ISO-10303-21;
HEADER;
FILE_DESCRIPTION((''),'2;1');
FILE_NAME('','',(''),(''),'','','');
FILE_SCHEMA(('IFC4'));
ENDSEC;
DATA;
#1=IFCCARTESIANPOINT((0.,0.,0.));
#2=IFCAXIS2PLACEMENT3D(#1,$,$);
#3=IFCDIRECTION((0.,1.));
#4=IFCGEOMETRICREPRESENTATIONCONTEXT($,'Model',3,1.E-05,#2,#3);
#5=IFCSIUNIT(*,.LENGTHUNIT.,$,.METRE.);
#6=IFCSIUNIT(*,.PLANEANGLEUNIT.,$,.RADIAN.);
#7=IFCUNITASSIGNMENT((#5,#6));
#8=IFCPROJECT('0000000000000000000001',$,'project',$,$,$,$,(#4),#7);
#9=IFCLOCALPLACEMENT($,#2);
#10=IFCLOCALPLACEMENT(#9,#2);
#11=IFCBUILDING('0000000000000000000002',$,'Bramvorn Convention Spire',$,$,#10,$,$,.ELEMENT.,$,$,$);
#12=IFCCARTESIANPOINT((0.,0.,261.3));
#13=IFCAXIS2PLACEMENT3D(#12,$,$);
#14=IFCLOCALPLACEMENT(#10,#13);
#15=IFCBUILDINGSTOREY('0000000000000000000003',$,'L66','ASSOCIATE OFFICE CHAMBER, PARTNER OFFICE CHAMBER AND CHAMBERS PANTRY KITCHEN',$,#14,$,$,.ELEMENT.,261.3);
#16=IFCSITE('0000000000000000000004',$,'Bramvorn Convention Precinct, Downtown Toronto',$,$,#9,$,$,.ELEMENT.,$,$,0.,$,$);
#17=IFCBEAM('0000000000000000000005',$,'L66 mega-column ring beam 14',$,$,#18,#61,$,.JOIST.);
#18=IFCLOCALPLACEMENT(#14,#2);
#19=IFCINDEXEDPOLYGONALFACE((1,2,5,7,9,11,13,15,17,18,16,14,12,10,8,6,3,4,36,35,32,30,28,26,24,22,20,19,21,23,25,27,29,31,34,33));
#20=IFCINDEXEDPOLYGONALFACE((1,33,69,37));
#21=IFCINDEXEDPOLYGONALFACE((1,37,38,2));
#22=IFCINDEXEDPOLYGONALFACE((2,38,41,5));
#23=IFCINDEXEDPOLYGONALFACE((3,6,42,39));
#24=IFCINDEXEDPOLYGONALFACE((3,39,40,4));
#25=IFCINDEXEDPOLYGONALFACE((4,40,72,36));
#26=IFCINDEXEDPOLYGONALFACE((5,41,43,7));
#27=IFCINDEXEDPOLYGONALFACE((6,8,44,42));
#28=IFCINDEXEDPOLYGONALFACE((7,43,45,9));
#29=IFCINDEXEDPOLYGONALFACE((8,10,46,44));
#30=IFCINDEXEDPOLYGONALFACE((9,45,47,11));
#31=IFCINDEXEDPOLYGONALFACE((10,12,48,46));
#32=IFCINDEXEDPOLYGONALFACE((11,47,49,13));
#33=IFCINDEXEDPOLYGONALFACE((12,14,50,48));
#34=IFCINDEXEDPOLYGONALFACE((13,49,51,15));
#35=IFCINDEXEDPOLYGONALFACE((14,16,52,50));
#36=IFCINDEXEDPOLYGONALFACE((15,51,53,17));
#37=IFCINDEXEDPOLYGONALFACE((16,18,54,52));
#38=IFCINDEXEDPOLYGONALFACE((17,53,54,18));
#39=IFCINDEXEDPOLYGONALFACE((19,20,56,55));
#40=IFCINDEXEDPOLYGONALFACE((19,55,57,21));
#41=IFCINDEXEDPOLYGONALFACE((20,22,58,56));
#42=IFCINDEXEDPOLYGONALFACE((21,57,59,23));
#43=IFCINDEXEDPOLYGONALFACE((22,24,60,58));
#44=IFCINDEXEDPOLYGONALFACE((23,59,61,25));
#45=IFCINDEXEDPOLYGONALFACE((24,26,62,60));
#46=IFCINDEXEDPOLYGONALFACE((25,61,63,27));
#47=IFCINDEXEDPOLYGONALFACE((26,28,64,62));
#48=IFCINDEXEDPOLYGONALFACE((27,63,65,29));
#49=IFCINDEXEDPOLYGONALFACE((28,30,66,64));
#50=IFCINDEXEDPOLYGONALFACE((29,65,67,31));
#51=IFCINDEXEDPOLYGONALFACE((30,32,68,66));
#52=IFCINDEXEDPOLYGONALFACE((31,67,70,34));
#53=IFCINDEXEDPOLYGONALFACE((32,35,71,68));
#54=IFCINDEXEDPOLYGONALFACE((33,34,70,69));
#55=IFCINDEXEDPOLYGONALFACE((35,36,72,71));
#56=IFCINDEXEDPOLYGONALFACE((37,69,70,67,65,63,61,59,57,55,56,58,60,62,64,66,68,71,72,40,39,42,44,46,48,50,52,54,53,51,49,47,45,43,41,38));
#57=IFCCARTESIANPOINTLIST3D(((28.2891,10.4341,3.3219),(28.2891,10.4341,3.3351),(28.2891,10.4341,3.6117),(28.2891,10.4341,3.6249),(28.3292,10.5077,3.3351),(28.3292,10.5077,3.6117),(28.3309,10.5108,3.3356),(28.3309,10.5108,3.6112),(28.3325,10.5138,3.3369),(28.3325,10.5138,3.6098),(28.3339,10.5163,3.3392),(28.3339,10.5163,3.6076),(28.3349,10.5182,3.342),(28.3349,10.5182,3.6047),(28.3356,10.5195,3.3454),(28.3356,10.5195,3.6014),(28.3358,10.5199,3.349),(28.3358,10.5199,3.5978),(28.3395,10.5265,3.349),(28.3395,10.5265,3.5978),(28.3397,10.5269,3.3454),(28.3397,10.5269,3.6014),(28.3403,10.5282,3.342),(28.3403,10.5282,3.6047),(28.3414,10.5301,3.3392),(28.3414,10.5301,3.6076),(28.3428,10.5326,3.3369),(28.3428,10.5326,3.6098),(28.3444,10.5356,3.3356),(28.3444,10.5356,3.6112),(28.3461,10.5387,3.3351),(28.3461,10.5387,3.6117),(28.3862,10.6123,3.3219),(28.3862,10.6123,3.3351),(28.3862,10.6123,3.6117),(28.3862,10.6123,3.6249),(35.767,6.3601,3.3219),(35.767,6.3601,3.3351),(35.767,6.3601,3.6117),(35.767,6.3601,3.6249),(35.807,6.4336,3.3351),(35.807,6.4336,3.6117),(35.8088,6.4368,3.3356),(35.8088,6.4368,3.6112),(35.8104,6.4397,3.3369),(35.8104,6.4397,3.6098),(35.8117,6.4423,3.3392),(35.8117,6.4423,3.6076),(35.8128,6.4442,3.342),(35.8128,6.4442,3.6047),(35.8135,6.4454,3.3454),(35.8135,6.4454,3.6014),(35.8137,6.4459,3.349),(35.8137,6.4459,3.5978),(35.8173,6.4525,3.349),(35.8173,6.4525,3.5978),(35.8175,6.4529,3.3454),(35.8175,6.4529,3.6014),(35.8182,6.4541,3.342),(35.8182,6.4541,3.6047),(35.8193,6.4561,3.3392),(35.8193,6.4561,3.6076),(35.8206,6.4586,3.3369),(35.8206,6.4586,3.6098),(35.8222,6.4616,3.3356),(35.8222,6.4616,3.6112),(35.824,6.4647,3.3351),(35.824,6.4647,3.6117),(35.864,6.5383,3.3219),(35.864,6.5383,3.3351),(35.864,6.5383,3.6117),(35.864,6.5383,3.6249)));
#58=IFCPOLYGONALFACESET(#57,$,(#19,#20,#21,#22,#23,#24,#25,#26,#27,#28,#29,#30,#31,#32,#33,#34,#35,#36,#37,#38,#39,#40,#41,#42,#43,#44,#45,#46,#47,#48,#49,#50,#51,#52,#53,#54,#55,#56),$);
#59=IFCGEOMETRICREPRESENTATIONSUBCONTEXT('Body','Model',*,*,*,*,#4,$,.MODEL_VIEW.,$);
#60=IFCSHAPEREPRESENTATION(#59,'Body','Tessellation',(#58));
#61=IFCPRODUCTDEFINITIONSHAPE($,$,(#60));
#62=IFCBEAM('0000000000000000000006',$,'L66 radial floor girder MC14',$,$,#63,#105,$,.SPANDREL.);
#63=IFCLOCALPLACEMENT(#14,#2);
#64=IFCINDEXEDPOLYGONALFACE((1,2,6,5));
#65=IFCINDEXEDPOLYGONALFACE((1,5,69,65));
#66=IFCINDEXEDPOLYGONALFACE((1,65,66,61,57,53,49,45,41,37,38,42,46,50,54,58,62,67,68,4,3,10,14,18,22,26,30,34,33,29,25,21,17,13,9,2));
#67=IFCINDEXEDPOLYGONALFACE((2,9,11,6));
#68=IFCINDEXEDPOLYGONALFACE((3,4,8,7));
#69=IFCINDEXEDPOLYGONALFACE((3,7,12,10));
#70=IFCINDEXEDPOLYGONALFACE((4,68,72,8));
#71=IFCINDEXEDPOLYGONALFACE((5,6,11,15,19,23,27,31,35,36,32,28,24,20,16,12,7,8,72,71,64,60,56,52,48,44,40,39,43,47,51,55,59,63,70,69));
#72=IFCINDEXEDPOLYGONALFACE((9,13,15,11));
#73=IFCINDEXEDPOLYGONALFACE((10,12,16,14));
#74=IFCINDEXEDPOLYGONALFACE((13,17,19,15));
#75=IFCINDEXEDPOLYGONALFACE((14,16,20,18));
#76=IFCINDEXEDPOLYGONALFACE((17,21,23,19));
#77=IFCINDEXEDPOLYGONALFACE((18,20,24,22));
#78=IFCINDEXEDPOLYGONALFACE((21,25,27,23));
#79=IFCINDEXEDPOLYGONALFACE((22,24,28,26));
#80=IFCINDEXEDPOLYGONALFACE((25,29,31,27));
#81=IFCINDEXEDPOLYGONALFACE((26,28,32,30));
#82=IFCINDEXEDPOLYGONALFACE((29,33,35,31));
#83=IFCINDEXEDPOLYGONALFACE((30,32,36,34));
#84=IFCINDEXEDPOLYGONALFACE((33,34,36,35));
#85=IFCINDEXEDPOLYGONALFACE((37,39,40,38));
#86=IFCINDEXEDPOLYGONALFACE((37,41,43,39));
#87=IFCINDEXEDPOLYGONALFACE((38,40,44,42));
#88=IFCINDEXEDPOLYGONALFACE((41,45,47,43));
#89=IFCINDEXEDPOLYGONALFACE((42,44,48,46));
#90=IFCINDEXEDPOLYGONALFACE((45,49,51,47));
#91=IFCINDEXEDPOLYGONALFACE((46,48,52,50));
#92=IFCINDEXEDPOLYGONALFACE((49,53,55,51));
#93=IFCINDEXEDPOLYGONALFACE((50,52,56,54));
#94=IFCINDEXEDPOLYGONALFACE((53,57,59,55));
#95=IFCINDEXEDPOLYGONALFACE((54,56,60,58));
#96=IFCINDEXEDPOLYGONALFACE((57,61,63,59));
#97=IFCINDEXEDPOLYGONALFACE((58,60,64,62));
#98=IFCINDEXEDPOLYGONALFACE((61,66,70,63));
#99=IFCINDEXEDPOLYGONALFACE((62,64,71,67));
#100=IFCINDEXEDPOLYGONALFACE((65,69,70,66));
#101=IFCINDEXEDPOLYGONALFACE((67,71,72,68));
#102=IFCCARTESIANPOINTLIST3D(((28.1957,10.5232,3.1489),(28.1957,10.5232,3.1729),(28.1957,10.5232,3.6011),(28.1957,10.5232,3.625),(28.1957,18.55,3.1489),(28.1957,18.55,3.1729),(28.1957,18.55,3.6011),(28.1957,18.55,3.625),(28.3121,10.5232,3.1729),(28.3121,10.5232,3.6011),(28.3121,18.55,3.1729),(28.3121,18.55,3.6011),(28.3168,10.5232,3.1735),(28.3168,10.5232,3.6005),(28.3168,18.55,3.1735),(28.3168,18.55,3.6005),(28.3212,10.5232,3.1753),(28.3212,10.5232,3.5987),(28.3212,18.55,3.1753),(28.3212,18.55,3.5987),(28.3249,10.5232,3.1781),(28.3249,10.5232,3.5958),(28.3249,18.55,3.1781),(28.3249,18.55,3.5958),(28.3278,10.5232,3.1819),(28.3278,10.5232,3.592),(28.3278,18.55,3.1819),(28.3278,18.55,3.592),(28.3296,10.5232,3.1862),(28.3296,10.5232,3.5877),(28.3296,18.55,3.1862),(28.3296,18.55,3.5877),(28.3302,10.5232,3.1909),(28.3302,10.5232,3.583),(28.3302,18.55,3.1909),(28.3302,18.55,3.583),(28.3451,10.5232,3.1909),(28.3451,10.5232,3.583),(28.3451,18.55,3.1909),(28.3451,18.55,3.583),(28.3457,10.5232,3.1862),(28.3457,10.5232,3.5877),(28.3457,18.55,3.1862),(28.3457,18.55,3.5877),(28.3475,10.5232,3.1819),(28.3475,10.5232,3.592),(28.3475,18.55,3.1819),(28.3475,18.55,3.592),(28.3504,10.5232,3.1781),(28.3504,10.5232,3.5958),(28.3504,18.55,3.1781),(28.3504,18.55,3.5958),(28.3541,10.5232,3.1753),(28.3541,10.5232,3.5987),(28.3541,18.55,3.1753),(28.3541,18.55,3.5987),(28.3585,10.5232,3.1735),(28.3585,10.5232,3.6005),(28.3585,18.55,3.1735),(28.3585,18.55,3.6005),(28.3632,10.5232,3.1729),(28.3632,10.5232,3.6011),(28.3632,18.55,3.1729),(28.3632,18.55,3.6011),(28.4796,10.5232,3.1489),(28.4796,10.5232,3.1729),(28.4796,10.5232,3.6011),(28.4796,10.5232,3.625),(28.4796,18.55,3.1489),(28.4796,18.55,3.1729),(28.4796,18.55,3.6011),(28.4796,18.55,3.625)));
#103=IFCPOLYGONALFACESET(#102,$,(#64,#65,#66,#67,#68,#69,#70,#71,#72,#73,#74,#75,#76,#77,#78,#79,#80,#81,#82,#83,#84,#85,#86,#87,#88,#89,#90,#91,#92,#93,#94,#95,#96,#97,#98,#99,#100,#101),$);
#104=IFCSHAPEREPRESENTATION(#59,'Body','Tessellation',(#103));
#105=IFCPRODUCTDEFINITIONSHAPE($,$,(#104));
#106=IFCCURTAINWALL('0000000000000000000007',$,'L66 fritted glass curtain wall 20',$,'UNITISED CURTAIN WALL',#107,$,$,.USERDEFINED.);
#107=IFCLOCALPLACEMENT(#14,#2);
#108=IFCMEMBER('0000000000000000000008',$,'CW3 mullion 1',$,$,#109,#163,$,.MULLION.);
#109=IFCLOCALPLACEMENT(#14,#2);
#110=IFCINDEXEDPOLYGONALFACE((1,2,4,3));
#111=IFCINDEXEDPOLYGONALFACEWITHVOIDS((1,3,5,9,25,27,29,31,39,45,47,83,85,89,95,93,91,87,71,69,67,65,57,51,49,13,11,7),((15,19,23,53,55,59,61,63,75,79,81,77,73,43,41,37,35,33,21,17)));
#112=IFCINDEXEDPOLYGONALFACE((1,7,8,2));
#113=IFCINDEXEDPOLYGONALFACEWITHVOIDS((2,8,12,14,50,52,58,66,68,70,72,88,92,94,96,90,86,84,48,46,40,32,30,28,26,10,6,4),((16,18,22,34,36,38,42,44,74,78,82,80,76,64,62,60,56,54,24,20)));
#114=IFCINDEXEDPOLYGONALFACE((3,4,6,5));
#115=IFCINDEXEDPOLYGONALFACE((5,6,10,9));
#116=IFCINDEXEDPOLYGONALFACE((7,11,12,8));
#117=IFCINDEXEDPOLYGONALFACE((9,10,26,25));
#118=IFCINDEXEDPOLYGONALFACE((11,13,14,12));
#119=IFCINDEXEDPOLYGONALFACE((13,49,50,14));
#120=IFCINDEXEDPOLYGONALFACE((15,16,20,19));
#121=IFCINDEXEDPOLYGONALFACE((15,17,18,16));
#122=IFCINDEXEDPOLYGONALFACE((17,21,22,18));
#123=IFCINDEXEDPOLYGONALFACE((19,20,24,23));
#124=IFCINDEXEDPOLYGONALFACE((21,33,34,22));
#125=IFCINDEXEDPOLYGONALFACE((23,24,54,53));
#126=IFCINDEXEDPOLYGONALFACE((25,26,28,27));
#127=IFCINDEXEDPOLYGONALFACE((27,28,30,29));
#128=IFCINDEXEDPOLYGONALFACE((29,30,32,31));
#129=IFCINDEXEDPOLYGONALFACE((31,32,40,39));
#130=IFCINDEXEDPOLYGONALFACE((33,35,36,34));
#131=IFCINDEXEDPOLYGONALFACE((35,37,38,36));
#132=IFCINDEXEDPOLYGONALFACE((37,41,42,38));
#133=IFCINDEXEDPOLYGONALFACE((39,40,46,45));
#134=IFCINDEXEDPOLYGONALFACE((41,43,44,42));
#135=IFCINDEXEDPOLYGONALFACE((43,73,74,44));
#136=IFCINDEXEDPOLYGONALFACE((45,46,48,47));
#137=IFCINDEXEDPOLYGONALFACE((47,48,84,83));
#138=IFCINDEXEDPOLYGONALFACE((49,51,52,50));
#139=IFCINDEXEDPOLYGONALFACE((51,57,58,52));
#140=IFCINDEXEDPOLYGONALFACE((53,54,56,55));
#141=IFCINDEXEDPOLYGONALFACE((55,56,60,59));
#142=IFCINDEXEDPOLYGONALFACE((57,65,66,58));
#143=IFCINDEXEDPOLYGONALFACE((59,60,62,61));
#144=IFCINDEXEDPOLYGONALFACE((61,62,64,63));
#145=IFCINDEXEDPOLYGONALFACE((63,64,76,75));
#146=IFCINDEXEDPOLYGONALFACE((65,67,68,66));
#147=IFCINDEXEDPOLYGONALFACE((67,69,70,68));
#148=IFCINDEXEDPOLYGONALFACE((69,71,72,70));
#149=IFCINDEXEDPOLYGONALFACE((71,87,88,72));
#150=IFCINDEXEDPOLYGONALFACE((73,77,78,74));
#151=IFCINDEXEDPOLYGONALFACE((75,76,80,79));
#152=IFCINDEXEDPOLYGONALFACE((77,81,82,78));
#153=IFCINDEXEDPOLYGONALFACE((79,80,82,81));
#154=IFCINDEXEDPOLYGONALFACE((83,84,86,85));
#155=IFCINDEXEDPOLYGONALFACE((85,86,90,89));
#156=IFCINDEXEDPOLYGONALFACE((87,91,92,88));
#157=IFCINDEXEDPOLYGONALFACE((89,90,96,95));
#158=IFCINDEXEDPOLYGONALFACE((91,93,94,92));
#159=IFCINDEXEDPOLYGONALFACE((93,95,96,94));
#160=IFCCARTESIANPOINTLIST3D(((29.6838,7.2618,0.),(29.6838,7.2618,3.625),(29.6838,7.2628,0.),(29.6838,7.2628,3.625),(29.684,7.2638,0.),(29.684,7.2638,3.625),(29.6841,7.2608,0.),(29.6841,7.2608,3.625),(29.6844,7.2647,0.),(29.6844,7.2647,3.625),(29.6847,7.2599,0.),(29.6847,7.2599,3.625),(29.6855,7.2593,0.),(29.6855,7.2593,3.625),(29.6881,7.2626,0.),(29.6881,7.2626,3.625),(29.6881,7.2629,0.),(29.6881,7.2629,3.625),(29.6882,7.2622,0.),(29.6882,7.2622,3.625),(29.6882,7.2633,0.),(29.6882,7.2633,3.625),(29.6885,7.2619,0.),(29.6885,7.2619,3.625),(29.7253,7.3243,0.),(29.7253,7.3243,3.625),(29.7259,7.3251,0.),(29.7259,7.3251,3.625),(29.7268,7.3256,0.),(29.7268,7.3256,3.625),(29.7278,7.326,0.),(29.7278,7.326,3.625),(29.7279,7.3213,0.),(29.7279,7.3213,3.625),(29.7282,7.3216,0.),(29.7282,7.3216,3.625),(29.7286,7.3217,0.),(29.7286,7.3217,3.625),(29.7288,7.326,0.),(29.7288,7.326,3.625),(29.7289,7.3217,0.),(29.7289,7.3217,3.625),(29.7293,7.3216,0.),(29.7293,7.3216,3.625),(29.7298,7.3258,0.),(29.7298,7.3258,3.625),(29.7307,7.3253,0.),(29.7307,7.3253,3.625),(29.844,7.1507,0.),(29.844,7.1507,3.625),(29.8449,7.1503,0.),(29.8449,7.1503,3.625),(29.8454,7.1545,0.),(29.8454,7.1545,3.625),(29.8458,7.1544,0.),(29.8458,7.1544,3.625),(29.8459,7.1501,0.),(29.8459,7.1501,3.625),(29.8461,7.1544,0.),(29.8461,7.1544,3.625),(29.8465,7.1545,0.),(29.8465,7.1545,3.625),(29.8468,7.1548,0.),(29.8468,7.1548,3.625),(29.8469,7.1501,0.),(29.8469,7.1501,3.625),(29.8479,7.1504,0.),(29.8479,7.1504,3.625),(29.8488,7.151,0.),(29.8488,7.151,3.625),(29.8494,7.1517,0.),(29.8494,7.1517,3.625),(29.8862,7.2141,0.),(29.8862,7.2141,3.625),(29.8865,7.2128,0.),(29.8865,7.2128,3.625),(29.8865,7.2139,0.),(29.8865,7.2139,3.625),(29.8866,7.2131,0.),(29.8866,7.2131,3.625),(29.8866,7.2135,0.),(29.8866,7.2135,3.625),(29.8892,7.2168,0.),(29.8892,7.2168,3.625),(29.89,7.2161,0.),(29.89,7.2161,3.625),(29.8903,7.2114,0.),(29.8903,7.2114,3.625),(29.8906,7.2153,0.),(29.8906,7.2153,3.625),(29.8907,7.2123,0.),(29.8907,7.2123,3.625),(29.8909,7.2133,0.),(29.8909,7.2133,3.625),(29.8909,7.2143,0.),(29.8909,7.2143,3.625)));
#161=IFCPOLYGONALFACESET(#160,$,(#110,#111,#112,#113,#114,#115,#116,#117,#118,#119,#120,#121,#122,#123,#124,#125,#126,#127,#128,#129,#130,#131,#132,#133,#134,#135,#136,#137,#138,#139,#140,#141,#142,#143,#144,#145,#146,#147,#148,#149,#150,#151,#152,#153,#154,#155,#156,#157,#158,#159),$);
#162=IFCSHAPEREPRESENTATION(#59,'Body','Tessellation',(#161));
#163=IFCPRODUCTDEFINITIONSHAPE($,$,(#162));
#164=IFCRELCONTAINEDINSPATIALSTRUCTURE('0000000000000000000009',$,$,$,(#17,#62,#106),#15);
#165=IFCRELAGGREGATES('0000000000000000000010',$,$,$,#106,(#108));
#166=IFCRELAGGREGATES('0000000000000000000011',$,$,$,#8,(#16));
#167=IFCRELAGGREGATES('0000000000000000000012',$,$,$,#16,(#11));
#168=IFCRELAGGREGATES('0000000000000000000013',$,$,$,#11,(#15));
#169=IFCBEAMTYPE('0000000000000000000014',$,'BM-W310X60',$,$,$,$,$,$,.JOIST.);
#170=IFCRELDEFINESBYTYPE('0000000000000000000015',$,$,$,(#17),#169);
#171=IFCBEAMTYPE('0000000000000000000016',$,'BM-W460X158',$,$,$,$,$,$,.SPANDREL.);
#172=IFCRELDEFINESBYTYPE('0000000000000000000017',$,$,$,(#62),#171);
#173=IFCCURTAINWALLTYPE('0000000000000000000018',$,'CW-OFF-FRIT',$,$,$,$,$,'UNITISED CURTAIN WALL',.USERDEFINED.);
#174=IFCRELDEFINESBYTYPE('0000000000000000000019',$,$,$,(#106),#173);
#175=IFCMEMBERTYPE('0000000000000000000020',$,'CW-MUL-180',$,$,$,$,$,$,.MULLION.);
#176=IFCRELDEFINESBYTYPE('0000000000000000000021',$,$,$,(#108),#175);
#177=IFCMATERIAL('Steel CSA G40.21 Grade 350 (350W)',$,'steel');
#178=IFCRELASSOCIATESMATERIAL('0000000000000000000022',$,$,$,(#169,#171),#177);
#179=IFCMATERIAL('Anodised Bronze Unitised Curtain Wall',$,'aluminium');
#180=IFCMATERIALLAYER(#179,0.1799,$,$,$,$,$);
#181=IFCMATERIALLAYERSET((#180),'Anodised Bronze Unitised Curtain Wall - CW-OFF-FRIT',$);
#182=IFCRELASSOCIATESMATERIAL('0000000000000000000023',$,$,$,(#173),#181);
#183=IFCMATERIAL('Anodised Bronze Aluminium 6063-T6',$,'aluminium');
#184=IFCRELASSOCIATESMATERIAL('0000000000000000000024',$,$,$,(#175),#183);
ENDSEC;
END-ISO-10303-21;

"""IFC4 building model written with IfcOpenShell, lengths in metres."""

from ifc_helpers import new_model, si_unit, direction, frame, origin, origin_2d, place, context, subcontext, project, spatial, hollow_rectangle, i_section, extrude, material, layer, layer_set, material_profile, profile_set, type_object, element, aggregate, save


model = new_model("IFC4")

# Units and contexts
model_context = context("Model", 3, precision=1e-05, world=origin(), true_north=direction((0.0, 1.0)))
body_context = subcontext(model_context, "Body", "Model", "MODEL_VIEW")
ifc_project = project(units=[si_unit("LENGTHUNIT", "METRE"), si_unit("PLANEANGLEUNIT", "RADIAN")], contexts=[model_context])

# Site, building, storey
site_placement = place(None, origin())
site = spatial("IfcSite", under=ifc_project, at=site_placement, Name="Bramvorn Convention Precinct, Downtown Toronto", CompositionType="ELEMENT", RefElevation=0.0)
building_placement = place(site_placement, origin())
building = spatial("IfcBuilding", under=site, at=building_placement, Name="Bramvorn Convention Spire", CompositionType="ELEMENT")
storey_placement = place(building_placement, frame((0.0, 0.0, 261.3)))
storey = spatial("IfcBuildingStorey", under=building, at=storey_placement, Name="L66", Description="ASSOCIATE OFFICE CHAMBER, PARTNER OFFICE CHAMBER AND CHAMBERS PANTRY KITCHEN", CompositionType="ELEMENT", Elevation=261.3)

# Shared definitions
ifc_material_1 = material(Name="Steel CSA G40.21 Grade 350 (350W)", Category="steel")

# Beams
ifc_material_profile_1 = material_profile(ifc_material_1, i_section(OverallWidth=0.2029, OverallDepth=0.303, WebThickness=0.0076, FlangeThickness=0.0132, FilletRadius=0.0139, at=origin_2d()))
ifc_profile_set_1 = profile_set([ifc_material_profile_1], Name="Steel CSA G40.21 Grade 350 (350W) - W310X60")
beam_type_1 = type_object("IfcBeamType", Name="BM-W310X60", PredefinedType="JOIST", material=ifc_profile_set_1)
beam_1_placement = place(storey_placement, frame((28.3376, 10.5232, 3.4734), z_axis=(0.878133, -0.478416, 0.0), x_axis=(0.478416, 0.878133, 0.0)))
element("IfcBeam", 1, at=beam_1_placement, inside=storey, type_object=beam_type_1, Name="L66 mega-column ring beam 14", PredefinedType="JOIST", context=body_context, shape_type="SweptSolid", body=[
    extrude(i_section(OverallWidth=0.2029, OverallDepth=0.303, WebThickness=0.0076, FlangeThickness=0.0132, FilletRadius=0.0139, at=origin_2d()), origin(), (0.0, 0.0, 1.0), 8.5156),
])
ifc_material_profile_2 = material_profile(ifc_material_1, i_section(OverallWidth=0.2839, OverallDepth=0.4761, WebThickness=0.0149, FlangeThickness=0.0239, FilletRadius=0.0181, at=origin_2d()))
ifc_profile_set_2 = profile_set([ifc_material_profile_2], Name="Steel CSA G40.21 Grade 350 (350W) - W460X158")
beam_type_2 = type_object("IfcBeamType", Name="BM-W460X158", PredefinedType="SPANDREL", material=ifc_profile_set_2)
beam_2_placement = place(storey_placement, frame((28.3376, 18.55, 3.387), z_axis=(0.0, -1.0, 0.0), x_axis=(1.0, 0.0, 0.0)))
element("IfcBeam", 2, at=beam_2_placement, inside=storey, type_object=beam_type_2, Name="L66 radial floor girder MC14", PredefinedType="SPANDREL", context=body_context, shape_type="SweptSolid", body=[
    extrude(i_section(OverallWidth=0.2839, OverallDepth=0.4761, WebThickness=0.0149, FlangeThickness=0.0239, FilletRadius=0.0181, at=origin_2d()), origin(), (0.0, 0.0, 1.0), 8.0269),
])

# Curtain wall, member
ifc_material_2 = material(Name="Anodised Bronze Unitised Curtain Wall", Category="aluminium")
ifc_layer_1 = layer(ifc_material_2, 0.1799)
ifc_layer_set_1 = layer_set([ifc_layer_1], Name="Anodised Bronze Unitised Curtain Wall - CW-OFF-FRIT")
curtain_wall_type = type_object("IfcCurtainWallType", Name="CW-OFF-FRIT", ElementType="UNITISED CURTAIN WALL", PredefinedType="USERDEFINED", material=ifc_layer_set_1)
curtain_wall_placement = place(storey_placement, origin())
curtain_wall = element("IfcCurtainWall", 3, at=curtain_wall_placement, inside=storey, type_object=curtain_wall_type, Name="L66 fritted glass curtain wall 20", ObjectType="UNITISED CURTAIN WALL", PredefinedType="USERDEFINED")
ifc_material_3 = material(Name="Anodised Bronze Aluminium 6063-T6", Category="aluminium")
ifc_material_profile_3 = material_profile(ifc_material_3, hollow_rectangle(XDim=0.0801, YDim=0.2, WallThickness=0.0039, InnerFilletRadius=0.001, OuterFilletRadius=0.0039, at=origin_2d()))
ifc_profile_set_3 = profile_set([ifc_material_profile_3], Name="Anodised Bronze Aluminium 6063-T6 - CWM80X200")
member_type_1 = type_object("IfcMemberType", Name="CW-MUL-180", PredefinedType="MULLION", material=ifc_profile_set_3)
member_1_placement = place(storey_placement, frame((29.7874, 7.238, 0.0), z_axis=(0.0, 0.0, 1.0), x_axis=(-0.564864, -0.825184, 0.0)))
member_1 = element("IfcMember", 4, at=member_1_placement, type_object=member_type_1, Name="CW3 mullion 1", PredefinedType="MULLION", context=body_context, shape_type="SweptSolid", body=[
    extrude(hollow_rectangle(XDim=0.0801, YDim=0.2, WallThickness=0.0039, InnerFilletRadius=0.001, OuterFilletRadius=0.0039, at=origin_2d()), origin(), (0.0, 0.0, 1.0), 3.625),
])
aggregate(curtain_wall, [member_1])

save(model, "model.ifc")
